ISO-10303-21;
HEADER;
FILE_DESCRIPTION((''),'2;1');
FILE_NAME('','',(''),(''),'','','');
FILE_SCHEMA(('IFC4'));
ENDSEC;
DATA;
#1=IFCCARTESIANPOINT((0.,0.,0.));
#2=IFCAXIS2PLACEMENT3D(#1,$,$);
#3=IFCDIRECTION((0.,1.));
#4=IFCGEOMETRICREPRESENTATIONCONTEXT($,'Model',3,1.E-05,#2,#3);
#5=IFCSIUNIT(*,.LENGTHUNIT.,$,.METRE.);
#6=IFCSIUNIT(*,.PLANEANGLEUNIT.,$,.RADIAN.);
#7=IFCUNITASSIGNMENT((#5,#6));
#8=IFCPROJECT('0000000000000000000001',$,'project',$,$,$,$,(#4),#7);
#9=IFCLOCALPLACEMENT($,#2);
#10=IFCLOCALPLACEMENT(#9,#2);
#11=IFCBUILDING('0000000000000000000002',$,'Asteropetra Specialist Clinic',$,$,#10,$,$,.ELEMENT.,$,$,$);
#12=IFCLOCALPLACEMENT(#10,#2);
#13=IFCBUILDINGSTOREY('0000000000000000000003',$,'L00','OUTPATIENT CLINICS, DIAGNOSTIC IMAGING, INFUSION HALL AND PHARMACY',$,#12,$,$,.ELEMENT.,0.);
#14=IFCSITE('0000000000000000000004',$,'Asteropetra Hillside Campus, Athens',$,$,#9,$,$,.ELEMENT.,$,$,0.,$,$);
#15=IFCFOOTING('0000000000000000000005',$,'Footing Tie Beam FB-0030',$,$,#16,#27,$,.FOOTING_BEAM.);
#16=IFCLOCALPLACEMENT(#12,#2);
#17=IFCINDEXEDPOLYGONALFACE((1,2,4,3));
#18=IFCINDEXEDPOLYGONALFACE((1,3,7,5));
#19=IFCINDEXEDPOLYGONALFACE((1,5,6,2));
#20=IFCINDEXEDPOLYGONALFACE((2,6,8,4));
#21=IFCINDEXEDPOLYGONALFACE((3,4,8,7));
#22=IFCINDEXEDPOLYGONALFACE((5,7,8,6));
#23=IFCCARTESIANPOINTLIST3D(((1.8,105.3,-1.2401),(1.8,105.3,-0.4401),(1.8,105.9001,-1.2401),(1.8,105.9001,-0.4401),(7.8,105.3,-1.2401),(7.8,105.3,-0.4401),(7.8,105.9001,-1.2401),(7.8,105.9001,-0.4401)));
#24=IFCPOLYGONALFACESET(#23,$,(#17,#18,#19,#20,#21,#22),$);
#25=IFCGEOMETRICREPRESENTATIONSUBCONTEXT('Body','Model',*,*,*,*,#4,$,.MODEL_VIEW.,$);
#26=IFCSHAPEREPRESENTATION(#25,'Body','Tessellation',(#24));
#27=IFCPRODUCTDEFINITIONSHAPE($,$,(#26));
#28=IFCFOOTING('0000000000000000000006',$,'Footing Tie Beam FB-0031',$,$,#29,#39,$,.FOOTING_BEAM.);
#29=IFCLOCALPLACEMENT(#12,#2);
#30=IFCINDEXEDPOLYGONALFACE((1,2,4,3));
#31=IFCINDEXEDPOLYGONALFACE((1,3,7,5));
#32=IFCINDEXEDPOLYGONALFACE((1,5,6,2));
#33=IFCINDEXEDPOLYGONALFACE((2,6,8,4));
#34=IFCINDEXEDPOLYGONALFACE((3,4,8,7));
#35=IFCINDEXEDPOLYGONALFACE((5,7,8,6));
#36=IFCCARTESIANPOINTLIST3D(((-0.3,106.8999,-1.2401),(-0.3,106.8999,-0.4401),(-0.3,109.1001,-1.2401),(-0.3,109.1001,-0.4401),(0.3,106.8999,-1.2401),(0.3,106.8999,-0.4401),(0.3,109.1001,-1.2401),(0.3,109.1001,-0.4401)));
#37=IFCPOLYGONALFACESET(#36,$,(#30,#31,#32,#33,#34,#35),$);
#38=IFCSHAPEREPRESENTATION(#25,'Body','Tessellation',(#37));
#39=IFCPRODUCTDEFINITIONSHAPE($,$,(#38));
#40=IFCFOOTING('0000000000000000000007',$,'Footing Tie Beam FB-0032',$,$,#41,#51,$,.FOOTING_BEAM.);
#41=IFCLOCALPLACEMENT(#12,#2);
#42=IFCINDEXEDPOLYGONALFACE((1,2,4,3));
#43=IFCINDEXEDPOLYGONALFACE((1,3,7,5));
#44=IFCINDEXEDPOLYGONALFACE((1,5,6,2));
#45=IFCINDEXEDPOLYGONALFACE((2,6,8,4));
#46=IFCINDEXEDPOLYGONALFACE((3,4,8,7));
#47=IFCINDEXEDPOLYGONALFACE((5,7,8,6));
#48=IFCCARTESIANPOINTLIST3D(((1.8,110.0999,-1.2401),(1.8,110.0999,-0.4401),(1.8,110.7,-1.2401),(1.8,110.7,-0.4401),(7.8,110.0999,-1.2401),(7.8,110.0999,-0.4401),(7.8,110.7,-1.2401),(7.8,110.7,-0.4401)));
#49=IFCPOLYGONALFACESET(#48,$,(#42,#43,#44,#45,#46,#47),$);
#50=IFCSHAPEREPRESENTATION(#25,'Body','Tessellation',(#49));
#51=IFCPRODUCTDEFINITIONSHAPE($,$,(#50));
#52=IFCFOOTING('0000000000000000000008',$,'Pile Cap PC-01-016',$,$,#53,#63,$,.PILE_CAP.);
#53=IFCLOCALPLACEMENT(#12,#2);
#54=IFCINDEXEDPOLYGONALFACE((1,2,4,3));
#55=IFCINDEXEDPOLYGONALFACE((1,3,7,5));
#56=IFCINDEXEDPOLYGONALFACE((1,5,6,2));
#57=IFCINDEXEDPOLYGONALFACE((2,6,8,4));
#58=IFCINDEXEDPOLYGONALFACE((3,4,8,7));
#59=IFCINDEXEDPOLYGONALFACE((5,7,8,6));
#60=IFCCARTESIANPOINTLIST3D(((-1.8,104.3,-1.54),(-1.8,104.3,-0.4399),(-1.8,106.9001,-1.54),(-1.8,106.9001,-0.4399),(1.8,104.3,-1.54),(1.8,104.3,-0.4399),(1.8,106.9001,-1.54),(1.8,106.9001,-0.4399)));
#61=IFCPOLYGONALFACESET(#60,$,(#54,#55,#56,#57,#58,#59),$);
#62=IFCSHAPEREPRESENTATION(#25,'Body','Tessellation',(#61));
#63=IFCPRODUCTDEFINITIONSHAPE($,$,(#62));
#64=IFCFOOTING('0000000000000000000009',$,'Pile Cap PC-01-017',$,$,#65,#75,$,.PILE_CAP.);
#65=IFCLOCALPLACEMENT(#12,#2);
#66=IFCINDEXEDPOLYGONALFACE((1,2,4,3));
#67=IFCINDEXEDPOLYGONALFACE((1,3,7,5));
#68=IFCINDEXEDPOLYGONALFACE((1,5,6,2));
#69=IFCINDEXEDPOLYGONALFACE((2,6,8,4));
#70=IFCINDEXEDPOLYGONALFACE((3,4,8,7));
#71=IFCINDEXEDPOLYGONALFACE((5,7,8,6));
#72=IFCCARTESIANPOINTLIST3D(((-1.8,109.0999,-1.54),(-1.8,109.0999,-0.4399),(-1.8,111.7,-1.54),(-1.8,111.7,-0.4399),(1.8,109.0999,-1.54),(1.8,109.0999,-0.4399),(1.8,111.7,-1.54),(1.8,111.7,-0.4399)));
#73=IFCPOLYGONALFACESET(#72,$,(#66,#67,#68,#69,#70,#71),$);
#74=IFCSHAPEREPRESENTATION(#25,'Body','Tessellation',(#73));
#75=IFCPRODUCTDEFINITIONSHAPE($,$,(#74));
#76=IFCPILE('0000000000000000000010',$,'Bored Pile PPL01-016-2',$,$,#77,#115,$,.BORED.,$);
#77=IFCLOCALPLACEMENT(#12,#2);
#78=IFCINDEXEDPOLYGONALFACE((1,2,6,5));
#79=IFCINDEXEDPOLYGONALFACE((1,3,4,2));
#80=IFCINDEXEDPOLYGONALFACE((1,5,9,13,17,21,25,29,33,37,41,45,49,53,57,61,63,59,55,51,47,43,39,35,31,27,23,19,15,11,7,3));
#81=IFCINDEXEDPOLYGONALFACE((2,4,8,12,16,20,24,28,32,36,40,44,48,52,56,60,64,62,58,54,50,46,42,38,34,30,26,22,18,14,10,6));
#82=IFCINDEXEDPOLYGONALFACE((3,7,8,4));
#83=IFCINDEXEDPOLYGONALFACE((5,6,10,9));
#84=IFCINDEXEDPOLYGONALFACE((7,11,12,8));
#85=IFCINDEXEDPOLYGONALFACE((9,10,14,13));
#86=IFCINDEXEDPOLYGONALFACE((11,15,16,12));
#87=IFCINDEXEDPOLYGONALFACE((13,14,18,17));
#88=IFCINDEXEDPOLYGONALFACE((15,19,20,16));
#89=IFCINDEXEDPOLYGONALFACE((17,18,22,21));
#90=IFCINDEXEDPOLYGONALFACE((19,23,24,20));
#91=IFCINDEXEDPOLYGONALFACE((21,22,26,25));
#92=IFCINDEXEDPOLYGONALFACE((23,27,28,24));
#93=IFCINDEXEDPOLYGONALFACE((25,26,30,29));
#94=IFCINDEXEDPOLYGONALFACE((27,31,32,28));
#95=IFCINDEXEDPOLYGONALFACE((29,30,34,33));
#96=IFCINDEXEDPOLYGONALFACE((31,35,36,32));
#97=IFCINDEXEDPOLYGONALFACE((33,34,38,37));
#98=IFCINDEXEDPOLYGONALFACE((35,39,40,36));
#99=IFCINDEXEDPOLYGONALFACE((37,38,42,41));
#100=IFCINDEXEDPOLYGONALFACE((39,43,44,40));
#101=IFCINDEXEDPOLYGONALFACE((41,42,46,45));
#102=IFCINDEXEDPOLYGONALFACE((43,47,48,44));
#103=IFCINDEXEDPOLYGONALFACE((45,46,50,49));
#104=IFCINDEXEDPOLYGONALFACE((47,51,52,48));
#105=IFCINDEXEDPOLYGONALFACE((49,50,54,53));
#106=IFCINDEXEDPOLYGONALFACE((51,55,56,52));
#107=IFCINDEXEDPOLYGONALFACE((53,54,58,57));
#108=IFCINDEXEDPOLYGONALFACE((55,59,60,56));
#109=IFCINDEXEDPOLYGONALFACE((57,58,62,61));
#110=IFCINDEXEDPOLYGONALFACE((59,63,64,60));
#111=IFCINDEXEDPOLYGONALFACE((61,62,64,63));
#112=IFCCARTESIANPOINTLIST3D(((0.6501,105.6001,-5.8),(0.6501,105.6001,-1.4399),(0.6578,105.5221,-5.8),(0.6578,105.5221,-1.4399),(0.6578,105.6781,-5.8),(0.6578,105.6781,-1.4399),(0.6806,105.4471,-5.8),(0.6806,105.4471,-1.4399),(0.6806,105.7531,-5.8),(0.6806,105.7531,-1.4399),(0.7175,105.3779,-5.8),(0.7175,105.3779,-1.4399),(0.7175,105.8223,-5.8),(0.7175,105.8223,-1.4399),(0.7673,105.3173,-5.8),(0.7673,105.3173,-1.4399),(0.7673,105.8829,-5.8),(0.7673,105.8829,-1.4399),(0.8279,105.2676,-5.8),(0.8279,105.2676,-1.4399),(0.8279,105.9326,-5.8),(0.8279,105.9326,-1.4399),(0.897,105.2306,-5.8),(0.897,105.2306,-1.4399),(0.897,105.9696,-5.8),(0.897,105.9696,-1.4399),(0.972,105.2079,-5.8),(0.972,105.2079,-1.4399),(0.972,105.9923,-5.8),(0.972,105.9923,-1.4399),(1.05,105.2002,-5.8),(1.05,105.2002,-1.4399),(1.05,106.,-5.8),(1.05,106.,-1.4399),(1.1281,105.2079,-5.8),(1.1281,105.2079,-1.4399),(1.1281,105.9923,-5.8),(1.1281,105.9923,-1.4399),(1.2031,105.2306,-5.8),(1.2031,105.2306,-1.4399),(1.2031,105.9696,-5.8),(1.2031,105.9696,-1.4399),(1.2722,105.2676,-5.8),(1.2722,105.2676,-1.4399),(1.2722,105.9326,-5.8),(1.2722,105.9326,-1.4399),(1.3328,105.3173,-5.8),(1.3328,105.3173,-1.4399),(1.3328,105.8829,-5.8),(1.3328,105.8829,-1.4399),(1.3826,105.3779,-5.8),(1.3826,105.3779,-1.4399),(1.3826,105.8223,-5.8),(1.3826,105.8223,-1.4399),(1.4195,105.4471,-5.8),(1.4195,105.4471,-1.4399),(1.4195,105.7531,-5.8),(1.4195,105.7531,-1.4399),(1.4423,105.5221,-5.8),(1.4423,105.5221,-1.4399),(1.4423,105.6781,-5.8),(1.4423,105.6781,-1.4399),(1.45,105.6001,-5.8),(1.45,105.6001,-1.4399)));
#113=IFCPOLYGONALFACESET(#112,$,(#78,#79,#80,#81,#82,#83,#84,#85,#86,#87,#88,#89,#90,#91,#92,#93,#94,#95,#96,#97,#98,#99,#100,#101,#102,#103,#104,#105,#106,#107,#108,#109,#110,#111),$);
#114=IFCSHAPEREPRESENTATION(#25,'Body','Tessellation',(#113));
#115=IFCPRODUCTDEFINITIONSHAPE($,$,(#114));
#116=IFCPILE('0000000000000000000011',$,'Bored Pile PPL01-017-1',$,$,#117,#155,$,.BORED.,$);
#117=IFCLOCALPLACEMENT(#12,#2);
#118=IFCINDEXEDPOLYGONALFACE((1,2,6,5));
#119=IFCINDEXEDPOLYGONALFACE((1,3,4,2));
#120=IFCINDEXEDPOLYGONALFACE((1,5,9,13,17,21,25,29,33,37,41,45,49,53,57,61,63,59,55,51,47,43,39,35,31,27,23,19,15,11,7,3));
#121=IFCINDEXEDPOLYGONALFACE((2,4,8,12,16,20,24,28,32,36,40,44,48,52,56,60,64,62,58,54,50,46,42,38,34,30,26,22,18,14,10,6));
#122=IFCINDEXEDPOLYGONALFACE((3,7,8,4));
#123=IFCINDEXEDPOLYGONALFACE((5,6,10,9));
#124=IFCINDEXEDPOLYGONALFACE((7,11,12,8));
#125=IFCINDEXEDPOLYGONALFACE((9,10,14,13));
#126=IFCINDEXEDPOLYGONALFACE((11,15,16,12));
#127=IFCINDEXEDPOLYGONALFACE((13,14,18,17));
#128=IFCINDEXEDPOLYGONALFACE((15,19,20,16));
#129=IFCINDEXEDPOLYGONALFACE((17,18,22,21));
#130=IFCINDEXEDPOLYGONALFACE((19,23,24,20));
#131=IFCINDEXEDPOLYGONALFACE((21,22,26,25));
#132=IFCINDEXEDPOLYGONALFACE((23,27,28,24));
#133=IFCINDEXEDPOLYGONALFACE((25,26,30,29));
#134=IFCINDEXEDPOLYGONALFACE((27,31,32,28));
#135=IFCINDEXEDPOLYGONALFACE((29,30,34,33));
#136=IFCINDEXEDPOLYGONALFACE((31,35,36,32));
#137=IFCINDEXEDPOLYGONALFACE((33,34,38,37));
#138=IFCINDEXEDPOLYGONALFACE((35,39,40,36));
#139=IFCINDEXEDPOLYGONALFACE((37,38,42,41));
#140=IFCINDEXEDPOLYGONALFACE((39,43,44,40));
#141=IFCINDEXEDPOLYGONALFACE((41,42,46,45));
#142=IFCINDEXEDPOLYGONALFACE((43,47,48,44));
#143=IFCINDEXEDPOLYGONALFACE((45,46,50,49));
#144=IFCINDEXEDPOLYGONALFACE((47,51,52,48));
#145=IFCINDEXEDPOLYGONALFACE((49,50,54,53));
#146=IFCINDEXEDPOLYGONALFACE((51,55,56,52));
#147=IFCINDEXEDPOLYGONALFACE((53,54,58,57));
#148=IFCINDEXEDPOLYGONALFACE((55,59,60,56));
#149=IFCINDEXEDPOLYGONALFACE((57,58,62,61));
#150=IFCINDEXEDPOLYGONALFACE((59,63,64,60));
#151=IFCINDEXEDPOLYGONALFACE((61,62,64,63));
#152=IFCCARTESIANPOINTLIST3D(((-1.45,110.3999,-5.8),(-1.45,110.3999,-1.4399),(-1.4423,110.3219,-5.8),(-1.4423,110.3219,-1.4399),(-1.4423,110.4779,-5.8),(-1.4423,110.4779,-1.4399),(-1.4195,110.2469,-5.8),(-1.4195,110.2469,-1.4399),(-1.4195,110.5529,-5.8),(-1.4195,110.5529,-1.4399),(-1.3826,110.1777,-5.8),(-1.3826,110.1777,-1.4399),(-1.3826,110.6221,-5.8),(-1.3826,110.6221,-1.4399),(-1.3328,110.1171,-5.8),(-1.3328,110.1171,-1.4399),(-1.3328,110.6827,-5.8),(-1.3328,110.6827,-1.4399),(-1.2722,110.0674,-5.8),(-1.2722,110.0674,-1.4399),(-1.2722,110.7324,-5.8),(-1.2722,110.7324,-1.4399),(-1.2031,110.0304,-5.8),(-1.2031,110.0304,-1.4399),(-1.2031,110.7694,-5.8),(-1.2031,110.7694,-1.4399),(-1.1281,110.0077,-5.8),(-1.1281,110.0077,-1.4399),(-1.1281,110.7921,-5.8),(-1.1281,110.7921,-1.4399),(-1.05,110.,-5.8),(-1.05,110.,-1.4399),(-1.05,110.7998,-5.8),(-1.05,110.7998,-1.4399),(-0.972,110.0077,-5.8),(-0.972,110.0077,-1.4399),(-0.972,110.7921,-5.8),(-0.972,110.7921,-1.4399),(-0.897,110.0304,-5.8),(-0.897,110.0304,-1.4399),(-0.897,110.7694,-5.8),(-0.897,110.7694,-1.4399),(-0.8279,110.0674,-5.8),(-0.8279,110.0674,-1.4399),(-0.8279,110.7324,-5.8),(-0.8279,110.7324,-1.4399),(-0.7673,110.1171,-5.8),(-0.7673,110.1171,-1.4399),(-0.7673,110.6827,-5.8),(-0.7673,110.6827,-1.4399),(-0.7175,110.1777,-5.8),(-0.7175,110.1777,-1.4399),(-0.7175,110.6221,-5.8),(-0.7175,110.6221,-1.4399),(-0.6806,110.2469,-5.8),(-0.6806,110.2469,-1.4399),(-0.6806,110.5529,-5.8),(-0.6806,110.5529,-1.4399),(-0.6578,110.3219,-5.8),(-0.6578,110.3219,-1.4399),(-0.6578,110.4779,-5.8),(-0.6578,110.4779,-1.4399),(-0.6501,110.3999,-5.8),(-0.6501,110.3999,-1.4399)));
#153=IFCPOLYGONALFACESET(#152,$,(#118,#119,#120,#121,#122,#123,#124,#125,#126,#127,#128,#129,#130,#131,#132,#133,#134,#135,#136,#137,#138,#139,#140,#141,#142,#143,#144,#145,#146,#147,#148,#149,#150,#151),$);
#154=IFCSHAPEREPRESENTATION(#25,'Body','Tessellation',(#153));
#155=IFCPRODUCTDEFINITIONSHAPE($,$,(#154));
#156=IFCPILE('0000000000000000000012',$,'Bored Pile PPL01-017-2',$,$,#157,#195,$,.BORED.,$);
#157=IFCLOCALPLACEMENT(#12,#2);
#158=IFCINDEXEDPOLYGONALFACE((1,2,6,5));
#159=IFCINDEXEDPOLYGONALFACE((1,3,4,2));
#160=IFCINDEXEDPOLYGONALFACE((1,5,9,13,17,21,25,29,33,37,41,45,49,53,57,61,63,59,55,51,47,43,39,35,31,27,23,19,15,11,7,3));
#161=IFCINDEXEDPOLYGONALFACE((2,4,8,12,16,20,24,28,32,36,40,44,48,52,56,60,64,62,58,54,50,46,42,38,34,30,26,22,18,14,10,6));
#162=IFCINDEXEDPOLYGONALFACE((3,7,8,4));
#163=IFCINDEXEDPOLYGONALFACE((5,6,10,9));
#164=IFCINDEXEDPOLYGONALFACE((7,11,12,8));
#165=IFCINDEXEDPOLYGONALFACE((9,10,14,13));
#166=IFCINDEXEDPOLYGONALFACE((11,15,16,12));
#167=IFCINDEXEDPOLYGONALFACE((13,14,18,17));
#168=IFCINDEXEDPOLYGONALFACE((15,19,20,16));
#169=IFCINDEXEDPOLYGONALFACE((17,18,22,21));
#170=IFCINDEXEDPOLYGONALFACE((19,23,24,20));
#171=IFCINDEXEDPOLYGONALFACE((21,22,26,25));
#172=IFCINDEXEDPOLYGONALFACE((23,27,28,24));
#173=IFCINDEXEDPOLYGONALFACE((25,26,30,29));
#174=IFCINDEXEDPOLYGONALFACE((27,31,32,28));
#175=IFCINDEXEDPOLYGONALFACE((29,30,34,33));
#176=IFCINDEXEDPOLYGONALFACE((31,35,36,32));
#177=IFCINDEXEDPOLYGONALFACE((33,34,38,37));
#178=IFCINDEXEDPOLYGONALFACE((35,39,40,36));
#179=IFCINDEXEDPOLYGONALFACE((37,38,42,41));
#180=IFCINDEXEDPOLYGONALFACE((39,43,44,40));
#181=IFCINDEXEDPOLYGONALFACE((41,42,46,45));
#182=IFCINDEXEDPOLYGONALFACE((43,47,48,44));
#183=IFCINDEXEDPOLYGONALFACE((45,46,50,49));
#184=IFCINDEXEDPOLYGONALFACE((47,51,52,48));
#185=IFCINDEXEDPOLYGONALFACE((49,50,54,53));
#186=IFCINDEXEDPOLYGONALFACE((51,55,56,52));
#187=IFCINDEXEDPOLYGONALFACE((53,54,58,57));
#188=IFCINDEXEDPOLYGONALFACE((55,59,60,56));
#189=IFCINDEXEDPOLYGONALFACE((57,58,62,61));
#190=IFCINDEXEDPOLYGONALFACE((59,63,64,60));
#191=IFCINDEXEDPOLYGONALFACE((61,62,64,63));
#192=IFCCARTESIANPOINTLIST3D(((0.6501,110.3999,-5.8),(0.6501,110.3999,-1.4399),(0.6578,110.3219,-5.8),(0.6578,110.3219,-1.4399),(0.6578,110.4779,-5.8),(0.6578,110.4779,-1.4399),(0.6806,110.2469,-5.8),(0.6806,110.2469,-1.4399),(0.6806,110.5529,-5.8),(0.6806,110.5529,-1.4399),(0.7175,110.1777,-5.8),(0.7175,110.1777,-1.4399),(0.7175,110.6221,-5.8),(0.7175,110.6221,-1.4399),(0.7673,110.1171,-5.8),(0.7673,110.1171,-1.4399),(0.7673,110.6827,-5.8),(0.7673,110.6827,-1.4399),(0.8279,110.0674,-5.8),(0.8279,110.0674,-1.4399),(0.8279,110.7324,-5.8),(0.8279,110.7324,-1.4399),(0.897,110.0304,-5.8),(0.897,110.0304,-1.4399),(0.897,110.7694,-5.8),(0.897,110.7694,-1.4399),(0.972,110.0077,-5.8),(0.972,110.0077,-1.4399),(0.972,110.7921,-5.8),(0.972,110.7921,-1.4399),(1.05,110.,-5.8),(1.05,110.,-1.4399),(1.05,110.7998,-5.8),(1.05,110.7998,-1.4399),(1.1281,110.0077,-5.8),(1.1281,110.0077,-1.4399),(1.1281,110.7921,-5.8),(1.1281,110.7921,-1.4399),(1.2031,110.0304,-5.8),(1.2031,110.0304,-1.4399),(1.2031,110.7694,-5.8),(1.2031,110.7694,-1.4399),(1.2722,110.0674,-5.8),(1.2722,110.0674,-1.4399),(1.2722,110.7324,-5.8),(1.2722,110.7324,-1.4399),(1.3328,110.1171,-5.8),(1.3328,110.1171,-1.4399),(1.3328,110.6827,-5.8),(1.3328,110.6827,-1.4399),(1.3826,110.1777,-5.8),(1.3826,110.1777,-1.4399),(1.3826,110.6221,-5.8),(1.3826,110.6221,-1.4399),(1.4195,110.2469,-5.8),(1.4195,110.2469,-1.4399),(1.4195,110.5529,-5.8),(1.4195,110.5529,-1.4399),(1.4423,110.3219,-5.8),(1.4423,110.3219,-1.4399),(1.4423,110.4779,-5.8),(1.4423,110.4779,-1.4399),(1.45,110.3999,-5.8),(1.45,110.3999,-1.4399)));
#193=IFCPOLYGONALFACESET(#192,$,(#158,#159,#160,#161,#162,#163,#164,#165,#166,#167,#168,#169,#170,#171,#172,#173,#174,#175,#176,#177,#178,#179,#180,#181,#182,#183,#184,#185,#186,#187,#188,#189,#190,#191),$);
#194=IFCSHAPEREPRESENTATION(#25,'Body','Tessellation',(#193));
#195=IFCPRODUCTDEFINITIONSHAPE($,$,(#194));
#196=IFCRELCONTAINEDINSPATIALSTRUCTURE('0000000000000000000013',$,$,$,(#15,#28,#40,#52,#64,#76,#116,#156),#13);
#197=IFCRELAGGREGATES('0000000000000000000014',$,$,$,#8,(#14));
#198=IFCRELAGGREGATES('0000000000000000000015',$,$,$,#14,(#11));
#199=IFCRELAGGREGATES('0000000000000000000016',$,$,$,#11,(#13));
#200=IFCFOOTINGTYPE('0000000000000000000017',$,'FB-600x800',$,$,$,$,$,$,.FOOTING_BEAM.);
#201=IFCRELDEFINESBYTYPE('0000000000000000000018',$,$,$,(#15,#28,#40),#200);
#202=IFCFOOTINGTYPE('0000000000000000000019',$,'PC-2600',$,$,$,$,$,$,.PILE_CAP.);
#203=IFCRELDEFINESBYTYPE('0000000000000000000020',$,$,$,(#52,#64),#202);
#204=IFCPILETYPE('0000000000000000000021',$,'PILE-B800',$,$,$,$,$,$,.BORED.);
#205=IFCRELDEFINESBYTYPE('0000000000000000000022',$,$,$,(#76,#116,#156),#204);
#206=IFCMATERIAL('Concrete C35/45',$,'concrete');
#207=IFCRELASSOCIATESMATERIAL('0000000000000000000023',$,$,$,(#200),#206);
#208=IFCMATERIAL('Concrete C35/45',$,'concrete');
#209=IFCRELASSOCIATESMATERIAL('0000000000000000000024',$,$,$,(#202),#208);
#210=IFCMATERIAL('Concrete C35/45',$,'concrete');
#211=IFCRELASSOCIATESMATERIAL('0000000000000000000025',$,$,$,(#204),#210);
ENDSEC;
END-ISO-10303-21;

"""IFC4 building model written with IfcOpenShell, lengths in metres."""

from ifc_helpers import new_model, si_unit, direction, frame, origin, origin_2d, place, context, subcontext, project, spatial, rectangle, circle, extrude, material, material_profile, profile_set, type_object, element, save


model = new_model("IFC4")

# Units and contexts
model_context = context("Model", 3, precision=1e-05, world=origin(), true_north=direction((0.0, 1.0)))
body_context = subcontext(model_context, "Body", "Model", "MODEL_VIEW")
ifc_project = project(units=[si_unit("LENGTHUNIT", "METRE"), si_unit("PLANEANGLEUNIT", "RADIAN")], contexts=[model_context])

# Site, building, storey
site_placement = place(None, origin())
site = spatial("IfcSite", under=ifc_project, at=site_placement, Name="Asteropetra Hillside Campus, Athens", CompositionType="ELEMENT", RefElevation=0.0)
building_placement = place(site_placement, origin())
building = spatial("IfcBuilding", under=site, at=building_placement, Name="Asteropetra Specialist Clinic", CompositionType="ELEMENT")
storey_placement = place(building_placement, origin())
storey = spatial("IfcBuildingStorey", under=building, at=storey_placement, Name="L00", Description="OUTPATIENT CLINICS, DIAGNOSTIC IMAGING, INFUSION HALL AND PHARMACY", CompositionType="ELEMENT", Elevation=0.0)

# Footings
ifc_material_1 = material(Name="Concrete C35/45", Category="concrete")
ifc_material_profile_1 = material_profile(ifc_material_1, rectangle(XDim=0.6001, YDim=0.8, at=origin_2d()), Name="FB 600x800")
ifc_profile_set_1 = profile_set([ifc_material_profile_1], Name="Concrete C35/45")
footing_type_1 = type_object("IfcFootingType", Name="FB-600x800", PredefinedType="FOOTING_BEAM", material=ifc_profile_set_1)
footing_1_placement = place(storey_placement, frame((1.8, 105.6001, -0.8401), z_axis=(1.0, 0.0, 0.0), x_axis=(0.0, 1.0, 0.0)))
element("IfcFooting", 1, at=footing_1_placement, inside=storey, type_object=footing_type_1, Name="Footing Tie Beam FB-0030", PredefinedType="FOOTING_BEAM", context=body_context, shape_type="SweptSolid", body=[
    extrude(rectangle(XDim=0.6001, YDim=0.8, at=origin_2d()), origin(), (0.0, 0.0, 1.0), 6.0),
])
footing_2_placement = place(storey_placement, frame((0.0, 106.8999, -0.8401), z_axis=(0.0, 1.0, 0.0), x_axis=(-1.0, 0.0, 0.0)))
element("IfcFooting", 2, at=footing_2_placement, inside=storey, type_object=footing_type_1, Name="Footing Tie Beam FB-0031", PredefinedType="FOOTING_BEAM", context=body_context, shape_type="SweptSolid", body=[
    extrude(rectangle(XDim=0.6001, YDim=0.8, at=origin_2d()), origin(), (0.0, 0.0, 1.0), 2.2002),
])
footing_3_placement = place(storey_placement, frame((1.8, 110.3999, -0.8401), z_axis=(1.0, 0.0, 0.0), x_axis=(0.0, 1.0, 0.0)))
element("IfcFooting", 3, at=footing_3_placement, inside=storey, type_object=footing_type_1, Name="Footing Tie Beam FB-0032", PredefinedType="FOOTING_BEAM", context=body_context, shape_type="SweptSolid", body=[
    extrude(rectangle(XDim=0.6001, YDim=0.8, at=origin_2d()), origin(), (0.0, 0.0, 1.0), 6.0),
])
ifc_material_2 = material(Name="Concrete C35/45", Category="concrete")
footing_type_2 = type_object("IfcFootingType", Name="PC-2600", PredefinedType="PILE_CAP", material=ifc_material_2)
for number, where, z_axis, x_axis, name in (
    (4, (0.0, 105.6001, -1.54), (0.0, 0.0, 1.0), (1.0, 0.0, 0.0), "Pile Cap PC-01-016"),
    (5, (0.0, 110.3999, -1.54), (0.0, 0.0, 1.0), (1.0, 0.0, 0.0), "Pile Cap PC-01-017"),
):
    element("IfcFooting", number, at=place(storey_placement, frame(where, z_axis=z_axis, x_axis=x_axis)), inside=storey, type_object=footing_type_2, Name=name, PredefinedType="PILE_CAP", context=body_context, shape_type="SweptSolid", body=[
        extrude(rectangle(XDim=3.6001, YDim=2.6001, at=origin_2d()), origin(), (0.0, 0.0, 1.0), 1.1001),
    ])

# Piles
ifc_material_3 = material(Name="Concrete C35/45", Category="concrete")
ifc_material_profile_2 = material_profile(ifc_material_3, circle(Radius=0.3999, at=origin_2d()), Name="PILE D800")
ifc_profile_set_2 = profile_set([ifc_material_profile_2], Name="Concrete C35/45")
pile_type = type_object("IfcPileType", Name="PILE-B800", PredefinedType="BORED", material=ifc_profile_set_2)
for number, where, z_axis, x_axis, name in (
    (6, (1.05, 105.6001, -1.4399), (0.0, 0.0, -1.0), (1.0, 0.0, 0.0), "Bored Pile PPL01-016-2"),
    (7, (-1.05, 110.3999, -1.4399), (0.0, 0.0, -1.0), (1.0, 0.0, 0.0), "Bored Pile PPL01-017-1"),
    (8, (1.05, 110.3999, -1.4399), (0.0, 0.0, -1.0), (1.0, 0.0, 0.0), "Bored Pile PPL01-017-2"),
):
    element("IfcPile", number, at=place(storey_placement, frame(where, z_axis=z_axis, x_axis=x_axis)), inside=storey, type_object=pile_type, Name=name, PredefinedType="BORED", context=body_context, shape_type="SweptSolid", body=[
        extrude(circle(Radius=0.3999, at=origin_2d()), origin(), (0.0, 0.0, 1.0), 4.3601),
    ])

save(model, "model.ifc")
